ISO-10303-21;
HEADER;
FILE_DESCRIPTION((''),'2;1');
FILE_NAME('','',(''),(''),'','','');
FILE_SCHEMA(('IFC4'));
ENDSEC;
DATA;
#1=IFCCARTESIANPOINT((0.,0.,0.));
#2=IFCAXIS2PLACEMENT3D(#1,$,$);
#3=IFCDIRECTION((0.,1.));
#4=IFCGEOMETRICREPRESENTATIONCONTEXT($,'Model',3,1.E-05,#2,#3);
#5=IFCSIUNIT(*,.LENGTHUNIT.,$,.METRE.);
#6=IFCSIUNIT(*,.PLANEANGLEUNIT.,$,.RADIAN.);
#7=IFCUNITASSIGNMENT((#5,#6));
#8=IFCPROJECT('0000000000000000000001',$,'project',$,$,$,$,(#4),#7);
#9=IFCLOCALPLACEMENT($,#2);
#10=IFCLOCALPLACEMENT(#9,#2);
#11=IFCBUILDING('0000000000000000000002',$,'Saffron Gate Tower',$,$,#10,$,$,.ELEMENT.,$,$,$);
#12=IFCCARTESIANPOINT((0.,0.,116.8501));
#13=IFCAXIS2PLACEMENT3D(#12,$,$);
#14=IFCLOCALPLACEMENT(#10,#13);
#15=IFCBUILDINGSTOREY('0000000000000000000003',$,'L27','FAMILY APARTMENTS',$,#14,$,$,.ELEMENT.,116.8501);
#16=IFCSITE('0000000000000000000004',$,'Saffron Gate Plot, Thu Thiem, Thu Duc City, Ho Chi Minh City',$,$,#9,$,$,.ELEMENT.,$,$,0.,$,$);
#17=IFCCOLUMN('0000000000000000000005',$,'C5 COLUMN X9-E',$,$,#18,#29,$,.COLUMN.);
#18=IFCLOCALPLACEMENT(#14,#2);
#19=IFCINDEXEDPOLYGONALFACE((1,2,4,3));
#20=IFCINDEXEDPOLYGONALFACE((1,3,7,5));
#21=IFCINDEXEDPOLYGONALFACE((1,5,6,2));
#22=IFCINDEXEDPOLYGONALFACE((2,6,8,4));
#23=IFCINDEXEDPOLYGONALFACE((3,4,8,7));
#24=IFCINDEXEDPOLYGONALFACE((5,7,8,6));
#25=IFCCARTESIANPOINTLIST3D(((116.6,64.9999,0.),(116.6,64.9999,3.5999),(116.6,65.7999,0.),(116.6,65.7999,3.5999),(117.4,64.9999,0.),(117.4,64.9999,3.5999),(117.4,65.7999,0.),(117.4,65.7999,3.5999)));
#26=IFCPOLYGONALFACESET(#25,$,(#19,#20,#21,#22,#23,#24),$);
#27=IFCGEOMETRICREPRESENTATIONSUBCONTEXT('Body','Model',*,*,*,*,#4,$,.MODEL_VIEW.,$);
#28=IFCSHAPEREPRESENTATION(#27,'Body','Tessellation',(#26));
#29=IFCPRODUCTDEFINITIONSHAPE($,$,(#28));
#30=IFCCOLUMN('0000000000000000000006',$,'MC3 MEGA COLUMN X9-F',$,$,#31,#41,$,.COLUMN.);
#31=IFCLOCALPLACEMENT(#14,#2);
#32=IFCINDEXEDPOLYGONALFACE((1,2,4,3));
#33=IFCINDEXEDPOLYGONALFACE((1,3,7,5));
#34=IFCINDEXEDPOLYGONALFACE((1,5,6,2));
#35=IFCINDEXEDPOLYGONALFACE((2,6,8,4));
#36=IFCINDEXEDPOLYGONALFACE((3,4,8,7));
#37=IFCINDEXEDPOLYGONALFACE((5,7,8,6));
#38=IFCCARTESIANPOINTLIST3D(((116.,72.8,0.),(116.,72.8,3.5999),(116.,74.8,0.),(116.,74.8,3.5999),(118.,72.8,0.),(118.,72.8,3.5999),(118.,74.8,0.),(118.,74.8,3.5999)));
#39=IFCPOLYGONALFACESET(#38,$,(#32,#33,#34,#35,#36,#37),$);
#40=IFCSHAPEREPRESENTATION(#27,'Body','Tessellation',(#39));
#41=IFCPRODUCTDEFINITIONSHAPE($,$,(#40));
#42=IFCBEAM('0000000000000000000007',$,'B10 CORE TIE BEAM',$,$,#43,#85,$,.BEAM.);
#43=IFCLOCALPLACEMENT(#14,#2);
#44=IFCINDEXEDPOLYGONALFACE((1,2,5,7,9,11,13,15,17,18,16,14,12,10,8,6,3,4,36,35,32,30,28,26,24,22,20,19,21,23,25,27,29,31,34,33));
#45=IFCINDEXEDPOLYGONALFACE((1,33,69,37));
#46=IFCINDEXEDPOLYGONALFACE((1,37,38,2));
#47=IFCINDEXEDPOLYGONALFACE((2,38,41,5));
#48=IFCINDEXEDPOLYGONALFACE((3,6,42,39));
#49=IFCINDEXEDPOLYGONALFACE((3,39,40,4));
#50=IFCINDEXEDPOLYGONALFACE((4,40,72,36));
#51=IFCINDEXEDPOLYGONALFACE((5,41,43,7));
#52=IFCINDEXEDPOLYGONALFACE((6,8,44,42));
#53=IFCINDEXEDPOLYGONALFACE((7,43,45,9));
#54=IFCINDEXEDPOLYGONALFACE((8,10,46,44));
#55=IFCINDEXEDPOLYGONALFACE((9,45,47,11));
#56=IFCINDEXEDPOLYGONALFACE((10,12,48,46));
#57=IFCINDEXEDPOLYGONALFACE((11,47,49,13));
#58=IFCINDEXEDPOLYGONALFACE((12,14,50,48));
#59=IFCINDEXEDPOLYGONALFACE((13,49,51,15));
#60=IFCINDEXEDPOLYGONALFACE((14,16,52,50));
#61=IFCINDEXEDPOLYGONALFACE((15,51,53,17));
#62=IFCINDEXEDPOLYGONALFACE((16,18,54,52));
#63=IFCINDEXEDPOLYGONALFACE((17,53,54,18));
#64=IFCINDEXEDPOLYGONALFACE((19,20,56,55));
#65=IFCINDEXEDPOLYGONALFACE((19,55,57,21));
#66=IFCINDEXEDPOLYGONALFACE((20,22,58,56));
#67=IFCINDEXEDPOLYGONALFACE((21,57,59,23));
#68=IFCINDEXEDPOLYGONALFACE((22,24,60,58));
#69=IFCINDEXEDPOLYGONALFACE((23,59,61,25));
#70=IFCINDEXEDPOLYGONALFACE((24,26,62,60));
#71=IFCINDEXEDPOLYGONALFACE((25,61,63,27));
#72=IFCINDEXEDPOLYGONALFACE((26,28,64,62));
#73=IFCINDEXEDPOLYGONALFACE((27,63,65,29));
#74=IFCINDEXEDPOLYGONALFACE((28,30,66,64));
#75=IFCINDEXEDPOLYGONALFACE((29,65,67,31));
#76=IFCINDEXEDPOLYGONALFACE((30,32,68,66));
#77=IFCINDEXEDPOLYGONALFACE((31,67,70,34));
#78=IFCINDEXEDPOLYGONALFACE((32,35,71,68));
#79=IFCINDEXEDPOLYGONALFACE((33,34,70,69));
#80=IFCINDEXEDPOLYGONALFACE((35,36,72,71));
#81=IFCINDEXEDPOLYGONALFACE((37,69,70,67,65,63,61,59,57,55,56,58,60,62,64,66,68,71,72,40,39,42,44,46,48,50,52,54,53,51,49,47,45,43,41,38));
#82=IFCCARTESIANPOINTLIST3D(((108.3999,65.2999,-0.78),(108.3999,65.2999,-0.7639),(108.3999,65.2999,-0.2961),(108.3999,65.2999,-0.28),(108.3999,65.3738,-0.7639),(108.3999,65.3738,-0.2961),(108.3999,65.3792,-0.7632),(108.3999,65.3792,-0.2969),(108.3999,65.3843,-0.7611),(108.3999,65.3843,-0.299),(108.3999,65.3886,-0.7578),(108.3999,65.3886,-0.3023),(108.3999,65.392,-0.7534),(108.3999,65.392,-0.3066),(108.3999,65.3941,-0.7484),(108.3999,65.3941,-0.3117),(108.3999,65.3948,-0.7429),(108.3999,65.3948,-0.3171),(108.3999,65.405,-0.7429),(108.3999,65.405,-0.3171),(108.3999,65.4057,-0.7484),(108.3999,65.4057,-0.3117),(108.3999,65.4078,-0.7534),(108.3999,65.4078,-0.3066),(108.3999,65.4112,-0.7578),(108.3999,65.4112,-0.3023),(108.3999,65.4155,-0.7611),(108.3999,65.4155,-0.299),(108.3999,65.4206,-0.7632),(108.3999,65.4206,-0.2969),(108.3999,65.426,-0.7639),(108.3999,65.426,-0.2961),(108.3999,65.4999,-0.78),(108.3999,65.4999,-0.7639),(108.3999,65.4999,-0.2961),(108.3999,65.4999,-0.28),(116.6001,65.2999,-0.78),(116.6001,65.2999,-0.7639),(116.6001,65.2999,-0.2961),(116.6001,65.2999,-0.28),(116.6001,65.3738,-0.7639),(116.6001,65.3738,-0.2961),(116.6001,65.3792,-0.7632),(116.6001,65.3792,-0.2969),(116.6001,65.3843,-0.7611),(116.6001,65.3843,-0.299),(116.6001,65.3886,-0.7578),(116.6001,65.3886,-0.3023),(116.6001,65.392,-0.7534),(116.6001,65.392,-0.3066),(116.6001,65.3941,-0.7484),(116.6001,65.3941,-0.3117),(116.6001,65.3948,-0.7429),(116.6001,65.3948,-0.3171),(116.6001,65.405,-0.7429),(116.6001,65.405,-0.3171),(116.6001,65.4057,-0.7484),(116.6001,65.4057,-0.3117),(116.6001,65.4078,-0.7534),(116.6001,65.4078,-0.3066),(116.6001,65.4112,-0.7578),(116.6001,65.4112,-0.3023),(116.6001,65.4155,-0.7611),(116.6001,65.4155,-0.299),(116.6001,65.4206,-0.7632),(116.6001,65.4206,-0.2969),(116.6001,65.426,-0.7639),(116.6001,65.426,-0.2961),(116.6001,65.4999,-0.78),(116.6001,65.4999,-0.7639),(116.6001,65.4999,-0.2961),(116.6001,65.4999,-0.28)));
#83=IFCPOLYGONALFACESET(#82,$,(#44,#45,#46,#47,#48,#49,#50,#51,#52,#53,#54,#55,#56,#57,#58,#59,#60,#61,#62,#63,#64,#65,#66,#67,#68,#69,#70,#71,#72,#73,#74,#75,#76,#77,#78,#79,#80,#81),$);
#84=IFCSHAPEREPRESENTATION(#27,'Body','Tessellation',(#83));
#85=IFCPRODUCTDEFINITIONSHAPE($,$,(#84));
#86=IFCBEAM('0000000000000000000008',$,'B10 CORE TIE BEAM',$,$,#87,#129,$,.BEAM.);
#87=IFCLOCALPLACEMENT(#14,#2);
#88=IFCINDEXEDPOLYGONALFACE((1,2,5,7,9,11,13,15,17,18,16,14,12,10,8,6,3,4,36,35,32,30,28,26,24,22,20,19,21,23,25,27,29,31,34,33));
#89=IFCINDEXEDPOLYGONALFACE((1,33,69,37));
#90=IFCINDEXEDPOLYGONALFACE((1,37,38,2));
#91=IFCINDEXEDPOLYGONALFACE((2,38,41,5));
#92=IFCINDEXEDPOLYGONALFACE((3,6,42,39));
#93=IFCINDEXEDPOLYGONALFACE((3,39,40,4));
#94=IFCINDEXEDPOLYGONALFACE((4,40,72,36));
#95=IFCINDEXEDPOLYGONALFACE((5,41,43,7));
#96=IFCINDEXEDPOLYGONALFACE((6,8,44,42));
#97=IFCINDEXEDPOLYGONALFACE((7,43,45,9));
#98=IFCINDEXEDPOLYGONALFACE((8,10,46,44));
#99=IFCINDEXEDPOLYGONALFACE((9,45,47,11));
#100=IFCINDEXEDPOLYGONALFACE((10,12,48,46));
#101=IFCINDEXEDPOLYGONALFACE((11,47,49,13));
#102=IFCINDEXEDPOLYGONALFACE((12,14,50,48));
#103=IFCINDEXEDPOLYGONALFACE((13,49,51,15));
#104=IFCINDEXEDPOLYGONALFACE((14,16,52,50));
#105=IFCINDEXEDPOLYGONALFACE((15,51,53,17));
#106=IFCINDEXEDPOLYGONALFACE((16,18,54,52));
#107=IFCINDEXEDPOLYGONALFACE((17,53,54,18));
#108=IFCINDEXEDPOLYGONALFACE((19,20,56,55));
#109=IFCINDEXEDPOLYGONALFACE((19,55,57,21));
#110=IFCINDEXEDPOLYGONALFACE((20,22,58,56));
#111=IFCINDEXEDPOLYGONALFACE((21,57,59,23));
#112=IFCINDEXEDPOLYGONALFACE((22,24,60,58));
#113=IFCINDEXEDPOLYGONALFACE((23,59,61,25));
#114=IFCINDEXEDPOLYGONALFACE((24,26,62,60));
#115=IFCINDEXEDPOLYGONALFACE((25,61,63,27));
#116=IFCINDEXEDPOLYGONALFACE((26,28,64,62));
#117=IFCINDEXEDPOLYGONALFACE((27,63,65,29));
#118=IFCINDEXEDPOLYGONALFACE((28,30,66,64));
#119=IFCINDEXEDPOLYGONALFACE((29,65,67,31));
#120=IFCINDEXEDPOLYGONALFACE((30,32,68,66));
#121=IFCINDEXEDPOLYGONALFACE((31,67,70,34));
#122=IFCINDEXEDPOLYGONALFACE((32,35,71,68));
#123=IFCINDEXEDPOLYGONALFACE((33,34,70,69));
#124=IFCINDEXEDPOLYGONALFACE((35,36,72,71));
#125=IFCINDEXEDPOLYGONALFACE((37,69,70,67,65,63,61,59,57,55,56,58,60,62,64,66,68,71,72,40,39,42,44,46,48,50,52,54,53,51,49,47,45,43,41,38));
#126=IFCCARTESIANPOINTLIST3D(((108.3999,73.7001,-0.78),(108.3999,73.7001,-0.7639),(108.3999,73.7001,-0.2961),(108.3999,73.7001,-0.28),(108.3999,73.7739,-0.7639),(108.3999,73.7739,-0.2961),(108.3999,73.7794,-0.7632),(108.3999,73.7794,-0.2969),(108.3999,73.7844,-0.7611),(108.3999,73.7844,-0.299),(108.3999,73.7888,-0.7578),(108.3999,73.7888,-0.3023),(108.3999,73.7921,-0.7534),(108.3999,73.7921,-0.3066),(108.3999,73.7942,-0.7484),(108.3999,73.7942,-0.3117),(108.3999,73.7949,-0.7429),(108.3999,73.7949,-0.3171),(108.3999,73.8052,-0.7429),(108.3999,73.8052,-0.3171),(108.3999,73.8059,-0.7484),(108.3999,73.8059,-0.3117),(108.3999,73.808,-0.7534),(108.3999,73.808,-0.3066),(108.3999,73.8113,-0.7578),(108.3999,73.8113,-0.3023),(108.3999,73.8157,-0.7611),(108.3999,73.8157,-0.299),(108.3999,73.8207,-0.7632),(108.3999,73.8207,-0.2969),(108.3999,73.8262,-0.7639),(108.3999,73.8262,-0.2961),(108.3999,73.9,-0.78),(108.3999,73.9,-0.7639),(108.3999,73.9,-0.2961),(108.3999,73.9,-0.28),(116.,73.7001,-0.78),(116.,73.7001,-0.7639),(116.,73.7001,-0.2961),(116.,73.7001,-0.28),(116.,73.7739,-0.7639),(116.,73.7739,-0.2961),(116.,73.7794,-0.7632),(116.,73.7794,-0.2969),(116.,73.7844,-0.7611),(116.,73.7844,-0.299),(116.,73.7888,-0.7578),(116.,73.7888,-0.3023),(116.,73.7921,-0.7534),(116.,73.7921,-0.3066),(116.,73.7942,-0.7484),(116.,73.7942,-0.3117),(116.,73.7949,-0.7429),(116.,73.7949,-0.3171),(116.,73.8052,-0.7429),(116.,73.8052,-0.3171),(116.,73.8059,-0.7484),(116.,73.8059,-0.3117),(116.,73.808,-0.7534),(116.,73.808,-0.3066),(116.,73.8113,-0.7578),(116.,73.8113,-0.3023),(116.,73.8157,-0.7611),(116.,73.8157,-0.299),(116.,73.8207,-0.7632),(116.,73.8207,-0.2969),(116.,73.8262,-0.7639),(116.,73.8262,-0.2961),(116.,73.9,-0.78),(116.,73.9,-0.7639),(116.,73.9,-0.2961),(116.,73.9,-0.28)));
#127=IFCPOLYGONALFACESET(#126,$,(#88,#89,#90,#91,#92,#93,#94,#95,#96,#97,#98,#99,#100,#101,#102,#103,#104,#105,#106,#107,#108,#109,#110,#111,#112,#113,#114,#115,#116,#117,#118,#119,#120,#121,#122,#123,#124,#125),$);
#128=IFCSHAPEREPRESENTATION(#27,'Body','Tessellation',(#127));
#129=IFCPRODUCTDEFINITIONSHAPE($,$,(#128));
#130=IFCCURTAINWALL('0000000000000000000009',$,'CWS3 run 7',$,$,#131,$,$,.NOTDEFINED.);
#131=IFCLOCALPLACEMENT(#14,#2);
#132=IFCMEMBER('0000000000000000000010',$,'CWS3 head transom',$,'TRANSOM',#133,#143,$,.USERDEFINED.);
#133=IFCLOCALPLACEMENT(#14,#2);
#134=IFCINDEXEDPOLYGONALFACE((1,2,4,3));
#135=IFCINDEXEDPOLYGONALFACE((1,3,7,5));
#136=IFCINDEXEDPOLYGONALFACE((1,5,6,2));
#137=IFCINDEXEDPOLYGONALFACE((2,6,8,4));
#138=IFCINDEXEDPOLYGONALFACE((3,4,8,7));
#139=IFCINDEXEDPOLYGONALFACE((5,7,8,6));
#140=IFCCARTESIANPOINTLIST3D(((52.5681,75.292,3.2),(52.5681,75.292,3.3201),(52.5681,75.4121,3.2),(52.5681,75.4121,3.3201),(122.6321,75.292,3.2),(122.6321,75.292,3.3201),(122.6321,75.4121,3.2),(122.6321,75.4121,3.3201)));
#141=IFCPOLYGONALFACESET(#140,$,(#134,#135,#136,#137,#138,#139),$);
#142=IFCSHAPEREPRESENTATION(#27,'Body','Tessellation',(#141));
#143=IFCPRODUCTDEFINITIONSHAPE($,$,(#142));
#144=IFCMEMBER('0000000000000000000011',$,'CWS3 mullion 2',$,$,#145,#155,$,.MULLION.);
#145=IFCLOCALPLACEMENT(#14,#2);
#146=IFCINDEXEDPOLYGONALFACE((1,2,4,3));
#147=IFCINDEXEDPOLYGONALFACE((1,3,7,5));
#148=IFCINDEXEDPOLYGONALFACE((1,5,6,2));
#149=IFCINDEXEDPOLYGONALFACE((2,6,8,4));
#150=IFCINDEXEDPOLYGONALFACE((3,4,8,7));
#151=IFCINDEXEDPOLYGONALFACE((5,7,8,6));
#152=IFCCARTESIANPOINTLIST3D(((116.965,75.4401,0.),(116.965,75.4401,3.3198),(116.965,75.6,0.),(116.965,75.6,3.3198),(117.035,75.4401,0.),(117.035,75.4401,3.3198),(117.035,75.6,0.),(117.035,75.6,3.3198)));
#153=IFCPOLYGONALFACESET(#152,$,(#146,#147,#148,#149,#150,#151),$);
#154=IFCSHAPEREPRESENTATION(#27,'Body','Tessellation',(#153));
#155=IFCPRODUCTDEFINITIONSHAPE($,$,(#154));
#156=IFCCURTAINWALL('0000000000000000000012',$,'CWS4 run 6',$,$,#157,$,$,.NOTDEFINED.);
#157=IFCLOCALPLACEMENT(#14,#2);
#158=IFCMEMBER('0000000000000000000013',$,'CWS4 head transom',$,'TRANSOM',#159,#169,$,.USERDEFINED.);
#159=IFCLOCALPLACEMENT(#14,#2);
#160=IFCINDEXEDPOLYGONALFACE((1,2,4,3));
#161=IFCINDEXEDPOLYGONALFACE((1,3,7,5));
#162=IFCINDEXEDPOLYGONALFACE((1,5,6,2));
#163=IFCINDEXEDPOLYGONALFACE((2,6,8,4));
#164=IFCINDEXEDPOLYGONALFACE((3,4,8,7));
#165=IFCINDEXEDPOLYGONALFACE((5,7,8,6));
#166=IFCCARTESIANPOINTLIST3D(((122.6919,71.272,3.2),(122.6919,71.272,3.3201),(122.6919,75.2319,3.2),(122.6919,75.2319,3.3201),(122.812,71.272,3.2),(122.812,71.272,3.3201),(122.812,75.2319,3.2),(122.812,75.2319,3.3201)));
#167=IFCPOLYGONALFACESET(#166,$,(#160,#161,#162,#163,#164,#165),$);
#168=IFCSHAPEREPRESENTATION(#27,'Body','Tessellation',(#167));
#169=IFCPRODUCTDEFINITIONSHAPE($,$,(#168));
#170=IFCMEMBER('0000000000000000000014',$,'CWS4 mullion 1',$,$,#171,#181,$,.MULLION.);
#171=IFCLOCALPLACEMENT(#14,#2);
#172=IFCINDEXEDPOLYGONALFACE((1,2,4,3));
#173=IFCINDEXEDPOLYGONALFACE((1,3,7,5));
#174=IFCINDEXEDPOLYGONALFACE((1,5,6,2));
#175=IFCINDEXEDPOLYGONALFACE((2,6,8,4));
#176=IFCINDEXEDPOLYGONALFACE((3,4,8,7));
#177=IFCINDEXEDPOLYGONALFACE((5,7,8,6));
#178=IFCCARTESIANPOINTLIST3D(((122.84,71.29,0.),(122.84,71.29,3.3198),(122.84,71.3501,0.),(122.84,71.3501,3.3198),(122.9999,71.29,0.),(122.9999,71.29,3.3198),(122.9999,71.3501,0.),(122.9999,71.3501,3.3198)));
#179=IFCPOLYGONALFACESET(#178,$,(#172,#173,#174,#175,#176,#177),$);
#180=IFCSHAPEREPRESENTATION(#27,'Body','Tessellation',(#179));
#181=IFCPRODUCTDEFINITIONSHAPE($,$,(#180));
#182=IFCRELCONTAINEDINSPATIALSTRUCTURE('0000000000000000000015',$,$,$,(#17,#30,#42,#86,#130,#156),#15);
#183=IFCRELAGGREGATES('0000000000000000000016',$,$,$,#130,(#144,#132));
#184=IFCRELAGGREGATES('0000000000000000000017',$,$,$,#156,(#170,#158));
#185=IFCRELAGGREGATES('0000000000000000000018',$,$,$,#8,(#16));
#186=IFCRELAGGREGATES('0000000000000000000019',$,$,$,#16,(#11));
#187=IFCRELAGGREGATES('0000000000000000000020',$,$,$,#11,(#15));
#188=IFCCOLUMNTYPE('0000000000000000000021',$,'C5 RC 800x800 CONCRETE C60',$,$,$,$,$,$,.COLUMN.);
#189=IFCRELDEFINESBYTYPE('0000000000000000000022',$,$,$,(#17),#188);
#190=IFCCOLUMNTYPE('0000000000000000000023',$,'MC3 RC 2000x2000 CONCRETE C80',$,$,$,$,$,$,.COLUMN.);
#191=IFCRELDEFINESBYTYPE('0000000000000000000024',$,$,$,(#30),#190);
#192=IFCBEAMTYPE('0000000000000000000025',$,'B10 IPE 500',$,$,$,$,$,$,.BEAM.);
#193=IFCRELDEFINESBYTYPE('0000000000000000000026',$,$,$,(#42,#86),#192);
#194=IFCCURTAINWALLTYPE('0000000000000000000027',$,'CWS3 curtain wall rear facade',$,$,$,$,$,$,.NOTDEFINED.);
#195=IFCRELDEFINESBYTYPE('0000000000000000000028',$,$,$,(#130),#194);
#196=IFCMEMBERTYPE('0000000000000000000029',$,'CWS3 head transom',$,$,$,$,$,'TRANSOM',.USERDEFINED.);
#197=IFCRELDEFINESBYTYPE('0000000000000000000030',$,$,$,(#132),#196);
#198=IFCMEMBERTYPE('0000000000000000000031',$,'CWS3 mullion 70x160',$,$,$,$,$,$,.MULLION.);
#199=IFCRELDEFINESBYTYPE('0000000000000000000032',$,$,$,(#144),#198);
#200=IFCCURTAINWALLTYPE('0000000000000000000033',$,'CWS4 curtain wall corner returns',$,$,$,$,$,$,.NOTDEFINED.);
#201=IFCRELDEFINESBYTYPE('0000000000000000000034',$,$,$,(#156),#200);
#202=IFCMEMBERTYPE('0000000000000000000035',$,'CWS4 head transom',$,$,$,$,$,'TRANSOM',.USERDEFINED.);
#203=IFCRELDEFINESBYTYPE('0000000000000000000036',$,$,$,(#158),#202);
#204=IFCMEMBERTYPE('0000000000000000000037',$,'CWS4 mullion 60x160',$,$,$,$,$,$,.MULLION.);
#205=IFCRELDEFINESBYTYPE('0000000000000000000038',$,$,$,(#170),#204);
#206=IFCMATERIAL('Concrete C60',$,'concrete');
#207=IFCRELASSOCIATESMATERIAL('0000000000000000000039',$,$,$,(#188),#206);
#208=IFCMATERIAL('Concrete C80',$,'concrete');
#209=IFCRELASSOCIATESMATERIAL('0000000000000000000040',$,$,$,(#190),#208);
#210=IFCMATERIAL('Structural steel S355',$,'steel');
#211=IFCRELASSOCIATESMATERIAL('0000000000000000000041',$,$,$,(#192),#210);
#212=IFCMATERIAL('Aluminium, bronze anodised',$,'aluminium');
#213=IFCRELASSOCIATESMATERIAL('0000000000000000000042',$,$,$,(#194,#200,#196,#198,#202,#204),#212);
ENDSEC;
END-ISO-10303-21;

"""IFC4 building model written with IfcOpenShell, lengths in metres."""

from ifc_helpers import new_model, si_unit, direction, frame, origin, origin_2d, place, context, subcontext, project, spatial, rectangle, i_section, extrude, material, material_profile, profile_set, type_object, element, aggregate, save


model = new_model("IFC4")

# Units and contexts
model_context = context("Model", 3, precision=1e-05, world=origin(), true_north=direction((0.0, 1.0)))
body_context = subcontext(model_context, "Body", "Model", "MODEL_VIEW")
ifc_project = project(units=[si_unit("LENGTHUNIT", "METRE"), si_unit("PLANEANGLEUNIT", "RADIAN")], contexts=[model_context])

# Site, building, storey
site_placement = place(None, origin())
site = spatial("IfcSite", under=ifc_project, at=site_placement, Name="Saffron Gate Plot, Thu Thiem, Thu Duc City, Ho Chi Minh City", CompositionType="ELEMENT", RefElevation=0.0)
building_placement = place(site_placement, origin())
building = spatial("IfcBuilding", under=site, at=building_placement, Name="Saffron Gate Tower", CompositionType="ELEMENT")
storey_placement = place(building_placement, frame((0.0, 0.0, 116.8501)))
storey = spatial("IfcBuildingStorey", under=building, at=storey_placement, Name="L27", Description="FAMILY APARTMENTS", CompositionType="ELEMENT", Elevation=116.8501)

# Columns
ifc_material_1 = material(Name="Concrete C60", Category="concrete")
ifc_material_profile_1 = material_profile(ifc_material_1, rectangle(XDim=0.8, YDim=0.8, at=origin_2d()))
ifc_profile_set_1 = profile_set([ifc_material_profile_1], Name="Concrete C60")
column_type_1 = type_object("IfcColumnType", Name="C5 RC 800x800 CONCRETE C60", PredefinedType="COLUMN", material=ifc_profile_set_1)
column_1_placement = place(storey_placement, frame((117.0, 65.3999, 0.0), z_axis=(0.0, 0.0, 1.0), x_axis=(1.0, 0.0, 0.0)))
element("IfcColumn", 1, at=column_1_placement, inside=storey, type_object=column_type_1, Name="C5 COLUMN X9-E", PredefinedType="COLUMN", context=body_context, shape_type="SweptSolid", body=[
    extrude(rectangle(XDim=0.8, YDim=0.8, at=origin_2d()), origin(), (0.0, 0.0, 1.0), 3.5999),
])
ifc_material_2 = material(Name="Concrete C80", Category="concrete")
ifc_material_profile_2 = material_profile(ifc_material_2, rectangle(XDim=2.0, YDim=2.0, at=origin_2d()))
ifc_profile_set_2 = profile_set([ifc_material_profile_2], Name="Concrete C80")
column_type_2 = type_object("IfcColumnType", Name="MC3 RC 2000x2000 CONCRETE C80", PredefinedType="COLUMN", material=ifc_profile_set_2)
column_2_placement = place(storey_placement, frame((117.0, 73.8, 0.0), z_axis=(0.0, 0.0, 1.0), x_axis=(1.0, 0.0, 0.0)))
element("IfcColumn", 2, at=column_2_placement, inside=storey, type_object=column_type_2, Name="MC3 MEGA COLUMN X9-F", PredefinedType="COLUMN", context=body_context, shape_type="SweptSolid", body=[
    extrude(rectangle(XDim=2.0, YDim=2.0, at=origin_2d()), origin(), (0.0, 0.0, 1.0), 3.5999),
])

# Beams
ifc_material_3 = material(Name="Structural steel S355", Category="steel")
ifc_material_profile_3 = material_profile(ifc_material_3, i_section(OverallWidth=0.2, OverallDepth=0.5, WebThickness=0.0103, FlangeThickness=0.0161, FilletRadius=0.021, at=origin_2d()))
ifc_profile_set_3 = profile_set([ifc_material_profile_3], Name="Structural steel S355")
beam_type = type_object("IfcBeamType", Name="B10 IPE 500", PredefinedType="BEAM", material=ifc_profile_set_3)
beam_1_placement = place(storey_placement, frame((116.6001, 65.3999, -0.53), z_axis=(-1.0, 0.0, 0.0), x_axis=(0.0, -1.0, 0.0)))
element("IfcBeam", 3, at=beam_1_placement, inside=storey, type_object=beam_type, Name="B10 CORE TIE BEAM", PredefinedType="BEAM", context=body_context, shape_type="SweptSolid", body=[
    extrude(i_section(OverallWidth=0.2, OverallDepth=0.5, WebThickness=0.0103, FlangeThickness=0.0161, FilletRadius=0.021, at=origin_2d()), origin(), (0.0, 0.0, 1.0), 8.2002),
])
beam_2_placement = place(storey_placement, frame((116.0, 73.8, -0.53), z_axis=(-1.0, 0.0, 0.0), x_axis=(0.0, -1.0, 0.0)))
element("IfcBeam", 4, at=beam_2_placement, inside=storey, type_object=beam_type, Name="B10 CORE TIE BEAM", PredefinedType="BEAM", context=body_context, shape_type="SweptSolid", body=[
    extrude(i_section(OverallWidth=0.2, OverallDepth=0.5, WebThickness=0.0103, FlangeThickness=0.0161, FilletRadius=0.021, at=origin_2d()), origin(), (0.0, 0.0, 1.0), 7.6001),
])

# Curtain walls, members
ifc_material_4 = material(Name="Aluminium, bronze anodised", Category="aluminium")
curtain_wall_type_1 = type_object("IfcCurtainWallType", Name="CWS3 curtain wall rear facade", PredefinedType="NOTDEFINED", material=ifc_material_4)
curtain_wall_1_placement = place(storey_placement, origin())
curtain_wall_1 = element("IfcCurtainWall", 5, at=curtain_wall_1_placement, inside=storey, type_object=curtain_wall_type_1, Name="CWS3 run 7", PredefinedType="NOTDEFINED")
ifc_material_profile_4 = material_profile(ifc_material_4, rectangle(XDim=0.1201, YDim=0.1201, at=origin_2d()))
ifc_profile_set_4 = profile_set([ifc_material_profile_4], Name="Aluminium, bronze anodised")
member_type_1 = type_object("IfcMemberType", Name="CWS3 head transom", ElementType="TRANSOM", PredefinedType="USERDEFINED", material=ifc_profile_set_4)
member_1_placement = place(storey_placement, frame((122.6321, 75.3521, 3.26), z_axis=(-1.0, 0.0, 0.0), x_axis=(0.0, -1.0, 0.0)))
member_1 = element("IfcMember", 6, at=member_1_placement, type_object=member_type_1, Name="CWS3 head transom", ObjectType="TRANSOM", PredefinedType="USERDEFINED", context=body_context, shape_type="SweptSolid", body=[
    extrude(rectangle(XDim=0.1201, YDim=0.1201, at=origin_2d()), origin(), (0.0, 0.0, 1.0), 70.064),
])
ifc_material_profile_5 = material_profile(ifc_material_4, rectangle(XDim=0.1599, YDim=0.0701, at=origin_2d()))
ifc_profile_set_5 = profile_set([ifc_material_profile_5], Name="Aluminium, bronze anodised")
member_type_2 = type_object("IfcMemberType", Name="CWS3 mullion 70x160", PredefinedType="MULLION", material=ifc_profile_set_5)
member_2_placement = place(storey_placement, frame((117.0, 75.52, 0.0), z_axis=(0.0, 0.0, 1.0), x_axis=(0.0, -1.0, 0.0)))
member_2 = element("IfcMember", 7, at=member_2_placement, type_object=member_type_2, Name="CWS3 mullion 2", PredefinedType="MULLION", context=body_context, shape_type="SweptSolid", body=[
    extrude(rectangle(XDim=0.1599, YDim=0.0701, at=origin_2d()), origin(), (0.0, 0.0, 1.0), 3.3198),
])
curtain_wall_type_2 = type_object("IfcCurtainWallType", Name="CWS4 curtain wall corner returns", PredefinedType="NOTDEFINED", material=ifc_material_4)
curtain_wall_2_placement = place(storey_placement, origin())
curtain_wall_2 = element("IfcCurtainWall", 8, at=curtain_wall_2_placement, inside=storey, type_object=curtain_wall_type_2, Name="CWS4 run 6", PredefinedType="NOTDEFINED")
ifc_material_profile_6 = material_profile(ifc_material_4, rectangle(XDim=0.1201, YDim=0.1201, at=origin_2d()))
ifc_profile_set_6 = profile_set([ifc_material_profile_6], Name="Aluminium, bronze anodised")
member_type_3 = type_object("IfcMemberType", Name="CWS4 head transom", ElementType="TRANSOM", PredefinedType="USERDEFINED", material=ifc_profile_set_6)
member_3_placement = place(storey_placement, frame((122.752, 71.272, 3.26), z_axis=(0.0, 1.0, 0.0), x_axis=(-1.0, 0.0, 0.0)))
member_3 = element("IfcMember", 9, at=member_3_placement, type_object=member_type_3, Name="CWS4 head transom", ObjectType="TRANSOM", PredefinedType="USERDEFINED", context=body_context, shape_type="SweptSolid", body=[
    extrude(rectangle(XDim=0.1201, YDim=0.1201, at=origin_2d()), origin(), (0.0, 0.0, 1.0), 3.96),
])
ifc_material_profile_7 = material_profile(ifc_material_4, rectangle(XDim=0.1599, YDim=0.0601, at=origin_2d()))
ifc_profile_set_7 = profile_set([ifc_material_profile_7], Name="Aluminium, bronze anodised")
member_type_4 = type_object("IfcMemberType", Name="CWS4 mullion 60x160", PredefinedType="MULLION", material=ifc_profile_set_7)
member_4_placement = place(storey_placement, frame((122.9199, 71.3201, 0.0), z_axis=(0.0, 0.0, 1.0), x_axis=(-1.0, 0.0, 0.0)))
member_4 = element("IfcMember", 10, at=member_4_placement, type_object=member_type_4, Name="CWS4 mullion 1", PredefinedType="MULLION", context=body_context, shape_type="SweptSolid", body=[
    extrude(rectangle(XDim=0.1599, YDim=0.0601, at=origin_2d()), origin(), (0.0, 0.0, 1.0), 3.3198),
])

aggregate(curtain_wall_1, [member_2, member_1])

aggregate(curtain_wall_2, [member_4, member_3])

save(model, "model.ifc")
